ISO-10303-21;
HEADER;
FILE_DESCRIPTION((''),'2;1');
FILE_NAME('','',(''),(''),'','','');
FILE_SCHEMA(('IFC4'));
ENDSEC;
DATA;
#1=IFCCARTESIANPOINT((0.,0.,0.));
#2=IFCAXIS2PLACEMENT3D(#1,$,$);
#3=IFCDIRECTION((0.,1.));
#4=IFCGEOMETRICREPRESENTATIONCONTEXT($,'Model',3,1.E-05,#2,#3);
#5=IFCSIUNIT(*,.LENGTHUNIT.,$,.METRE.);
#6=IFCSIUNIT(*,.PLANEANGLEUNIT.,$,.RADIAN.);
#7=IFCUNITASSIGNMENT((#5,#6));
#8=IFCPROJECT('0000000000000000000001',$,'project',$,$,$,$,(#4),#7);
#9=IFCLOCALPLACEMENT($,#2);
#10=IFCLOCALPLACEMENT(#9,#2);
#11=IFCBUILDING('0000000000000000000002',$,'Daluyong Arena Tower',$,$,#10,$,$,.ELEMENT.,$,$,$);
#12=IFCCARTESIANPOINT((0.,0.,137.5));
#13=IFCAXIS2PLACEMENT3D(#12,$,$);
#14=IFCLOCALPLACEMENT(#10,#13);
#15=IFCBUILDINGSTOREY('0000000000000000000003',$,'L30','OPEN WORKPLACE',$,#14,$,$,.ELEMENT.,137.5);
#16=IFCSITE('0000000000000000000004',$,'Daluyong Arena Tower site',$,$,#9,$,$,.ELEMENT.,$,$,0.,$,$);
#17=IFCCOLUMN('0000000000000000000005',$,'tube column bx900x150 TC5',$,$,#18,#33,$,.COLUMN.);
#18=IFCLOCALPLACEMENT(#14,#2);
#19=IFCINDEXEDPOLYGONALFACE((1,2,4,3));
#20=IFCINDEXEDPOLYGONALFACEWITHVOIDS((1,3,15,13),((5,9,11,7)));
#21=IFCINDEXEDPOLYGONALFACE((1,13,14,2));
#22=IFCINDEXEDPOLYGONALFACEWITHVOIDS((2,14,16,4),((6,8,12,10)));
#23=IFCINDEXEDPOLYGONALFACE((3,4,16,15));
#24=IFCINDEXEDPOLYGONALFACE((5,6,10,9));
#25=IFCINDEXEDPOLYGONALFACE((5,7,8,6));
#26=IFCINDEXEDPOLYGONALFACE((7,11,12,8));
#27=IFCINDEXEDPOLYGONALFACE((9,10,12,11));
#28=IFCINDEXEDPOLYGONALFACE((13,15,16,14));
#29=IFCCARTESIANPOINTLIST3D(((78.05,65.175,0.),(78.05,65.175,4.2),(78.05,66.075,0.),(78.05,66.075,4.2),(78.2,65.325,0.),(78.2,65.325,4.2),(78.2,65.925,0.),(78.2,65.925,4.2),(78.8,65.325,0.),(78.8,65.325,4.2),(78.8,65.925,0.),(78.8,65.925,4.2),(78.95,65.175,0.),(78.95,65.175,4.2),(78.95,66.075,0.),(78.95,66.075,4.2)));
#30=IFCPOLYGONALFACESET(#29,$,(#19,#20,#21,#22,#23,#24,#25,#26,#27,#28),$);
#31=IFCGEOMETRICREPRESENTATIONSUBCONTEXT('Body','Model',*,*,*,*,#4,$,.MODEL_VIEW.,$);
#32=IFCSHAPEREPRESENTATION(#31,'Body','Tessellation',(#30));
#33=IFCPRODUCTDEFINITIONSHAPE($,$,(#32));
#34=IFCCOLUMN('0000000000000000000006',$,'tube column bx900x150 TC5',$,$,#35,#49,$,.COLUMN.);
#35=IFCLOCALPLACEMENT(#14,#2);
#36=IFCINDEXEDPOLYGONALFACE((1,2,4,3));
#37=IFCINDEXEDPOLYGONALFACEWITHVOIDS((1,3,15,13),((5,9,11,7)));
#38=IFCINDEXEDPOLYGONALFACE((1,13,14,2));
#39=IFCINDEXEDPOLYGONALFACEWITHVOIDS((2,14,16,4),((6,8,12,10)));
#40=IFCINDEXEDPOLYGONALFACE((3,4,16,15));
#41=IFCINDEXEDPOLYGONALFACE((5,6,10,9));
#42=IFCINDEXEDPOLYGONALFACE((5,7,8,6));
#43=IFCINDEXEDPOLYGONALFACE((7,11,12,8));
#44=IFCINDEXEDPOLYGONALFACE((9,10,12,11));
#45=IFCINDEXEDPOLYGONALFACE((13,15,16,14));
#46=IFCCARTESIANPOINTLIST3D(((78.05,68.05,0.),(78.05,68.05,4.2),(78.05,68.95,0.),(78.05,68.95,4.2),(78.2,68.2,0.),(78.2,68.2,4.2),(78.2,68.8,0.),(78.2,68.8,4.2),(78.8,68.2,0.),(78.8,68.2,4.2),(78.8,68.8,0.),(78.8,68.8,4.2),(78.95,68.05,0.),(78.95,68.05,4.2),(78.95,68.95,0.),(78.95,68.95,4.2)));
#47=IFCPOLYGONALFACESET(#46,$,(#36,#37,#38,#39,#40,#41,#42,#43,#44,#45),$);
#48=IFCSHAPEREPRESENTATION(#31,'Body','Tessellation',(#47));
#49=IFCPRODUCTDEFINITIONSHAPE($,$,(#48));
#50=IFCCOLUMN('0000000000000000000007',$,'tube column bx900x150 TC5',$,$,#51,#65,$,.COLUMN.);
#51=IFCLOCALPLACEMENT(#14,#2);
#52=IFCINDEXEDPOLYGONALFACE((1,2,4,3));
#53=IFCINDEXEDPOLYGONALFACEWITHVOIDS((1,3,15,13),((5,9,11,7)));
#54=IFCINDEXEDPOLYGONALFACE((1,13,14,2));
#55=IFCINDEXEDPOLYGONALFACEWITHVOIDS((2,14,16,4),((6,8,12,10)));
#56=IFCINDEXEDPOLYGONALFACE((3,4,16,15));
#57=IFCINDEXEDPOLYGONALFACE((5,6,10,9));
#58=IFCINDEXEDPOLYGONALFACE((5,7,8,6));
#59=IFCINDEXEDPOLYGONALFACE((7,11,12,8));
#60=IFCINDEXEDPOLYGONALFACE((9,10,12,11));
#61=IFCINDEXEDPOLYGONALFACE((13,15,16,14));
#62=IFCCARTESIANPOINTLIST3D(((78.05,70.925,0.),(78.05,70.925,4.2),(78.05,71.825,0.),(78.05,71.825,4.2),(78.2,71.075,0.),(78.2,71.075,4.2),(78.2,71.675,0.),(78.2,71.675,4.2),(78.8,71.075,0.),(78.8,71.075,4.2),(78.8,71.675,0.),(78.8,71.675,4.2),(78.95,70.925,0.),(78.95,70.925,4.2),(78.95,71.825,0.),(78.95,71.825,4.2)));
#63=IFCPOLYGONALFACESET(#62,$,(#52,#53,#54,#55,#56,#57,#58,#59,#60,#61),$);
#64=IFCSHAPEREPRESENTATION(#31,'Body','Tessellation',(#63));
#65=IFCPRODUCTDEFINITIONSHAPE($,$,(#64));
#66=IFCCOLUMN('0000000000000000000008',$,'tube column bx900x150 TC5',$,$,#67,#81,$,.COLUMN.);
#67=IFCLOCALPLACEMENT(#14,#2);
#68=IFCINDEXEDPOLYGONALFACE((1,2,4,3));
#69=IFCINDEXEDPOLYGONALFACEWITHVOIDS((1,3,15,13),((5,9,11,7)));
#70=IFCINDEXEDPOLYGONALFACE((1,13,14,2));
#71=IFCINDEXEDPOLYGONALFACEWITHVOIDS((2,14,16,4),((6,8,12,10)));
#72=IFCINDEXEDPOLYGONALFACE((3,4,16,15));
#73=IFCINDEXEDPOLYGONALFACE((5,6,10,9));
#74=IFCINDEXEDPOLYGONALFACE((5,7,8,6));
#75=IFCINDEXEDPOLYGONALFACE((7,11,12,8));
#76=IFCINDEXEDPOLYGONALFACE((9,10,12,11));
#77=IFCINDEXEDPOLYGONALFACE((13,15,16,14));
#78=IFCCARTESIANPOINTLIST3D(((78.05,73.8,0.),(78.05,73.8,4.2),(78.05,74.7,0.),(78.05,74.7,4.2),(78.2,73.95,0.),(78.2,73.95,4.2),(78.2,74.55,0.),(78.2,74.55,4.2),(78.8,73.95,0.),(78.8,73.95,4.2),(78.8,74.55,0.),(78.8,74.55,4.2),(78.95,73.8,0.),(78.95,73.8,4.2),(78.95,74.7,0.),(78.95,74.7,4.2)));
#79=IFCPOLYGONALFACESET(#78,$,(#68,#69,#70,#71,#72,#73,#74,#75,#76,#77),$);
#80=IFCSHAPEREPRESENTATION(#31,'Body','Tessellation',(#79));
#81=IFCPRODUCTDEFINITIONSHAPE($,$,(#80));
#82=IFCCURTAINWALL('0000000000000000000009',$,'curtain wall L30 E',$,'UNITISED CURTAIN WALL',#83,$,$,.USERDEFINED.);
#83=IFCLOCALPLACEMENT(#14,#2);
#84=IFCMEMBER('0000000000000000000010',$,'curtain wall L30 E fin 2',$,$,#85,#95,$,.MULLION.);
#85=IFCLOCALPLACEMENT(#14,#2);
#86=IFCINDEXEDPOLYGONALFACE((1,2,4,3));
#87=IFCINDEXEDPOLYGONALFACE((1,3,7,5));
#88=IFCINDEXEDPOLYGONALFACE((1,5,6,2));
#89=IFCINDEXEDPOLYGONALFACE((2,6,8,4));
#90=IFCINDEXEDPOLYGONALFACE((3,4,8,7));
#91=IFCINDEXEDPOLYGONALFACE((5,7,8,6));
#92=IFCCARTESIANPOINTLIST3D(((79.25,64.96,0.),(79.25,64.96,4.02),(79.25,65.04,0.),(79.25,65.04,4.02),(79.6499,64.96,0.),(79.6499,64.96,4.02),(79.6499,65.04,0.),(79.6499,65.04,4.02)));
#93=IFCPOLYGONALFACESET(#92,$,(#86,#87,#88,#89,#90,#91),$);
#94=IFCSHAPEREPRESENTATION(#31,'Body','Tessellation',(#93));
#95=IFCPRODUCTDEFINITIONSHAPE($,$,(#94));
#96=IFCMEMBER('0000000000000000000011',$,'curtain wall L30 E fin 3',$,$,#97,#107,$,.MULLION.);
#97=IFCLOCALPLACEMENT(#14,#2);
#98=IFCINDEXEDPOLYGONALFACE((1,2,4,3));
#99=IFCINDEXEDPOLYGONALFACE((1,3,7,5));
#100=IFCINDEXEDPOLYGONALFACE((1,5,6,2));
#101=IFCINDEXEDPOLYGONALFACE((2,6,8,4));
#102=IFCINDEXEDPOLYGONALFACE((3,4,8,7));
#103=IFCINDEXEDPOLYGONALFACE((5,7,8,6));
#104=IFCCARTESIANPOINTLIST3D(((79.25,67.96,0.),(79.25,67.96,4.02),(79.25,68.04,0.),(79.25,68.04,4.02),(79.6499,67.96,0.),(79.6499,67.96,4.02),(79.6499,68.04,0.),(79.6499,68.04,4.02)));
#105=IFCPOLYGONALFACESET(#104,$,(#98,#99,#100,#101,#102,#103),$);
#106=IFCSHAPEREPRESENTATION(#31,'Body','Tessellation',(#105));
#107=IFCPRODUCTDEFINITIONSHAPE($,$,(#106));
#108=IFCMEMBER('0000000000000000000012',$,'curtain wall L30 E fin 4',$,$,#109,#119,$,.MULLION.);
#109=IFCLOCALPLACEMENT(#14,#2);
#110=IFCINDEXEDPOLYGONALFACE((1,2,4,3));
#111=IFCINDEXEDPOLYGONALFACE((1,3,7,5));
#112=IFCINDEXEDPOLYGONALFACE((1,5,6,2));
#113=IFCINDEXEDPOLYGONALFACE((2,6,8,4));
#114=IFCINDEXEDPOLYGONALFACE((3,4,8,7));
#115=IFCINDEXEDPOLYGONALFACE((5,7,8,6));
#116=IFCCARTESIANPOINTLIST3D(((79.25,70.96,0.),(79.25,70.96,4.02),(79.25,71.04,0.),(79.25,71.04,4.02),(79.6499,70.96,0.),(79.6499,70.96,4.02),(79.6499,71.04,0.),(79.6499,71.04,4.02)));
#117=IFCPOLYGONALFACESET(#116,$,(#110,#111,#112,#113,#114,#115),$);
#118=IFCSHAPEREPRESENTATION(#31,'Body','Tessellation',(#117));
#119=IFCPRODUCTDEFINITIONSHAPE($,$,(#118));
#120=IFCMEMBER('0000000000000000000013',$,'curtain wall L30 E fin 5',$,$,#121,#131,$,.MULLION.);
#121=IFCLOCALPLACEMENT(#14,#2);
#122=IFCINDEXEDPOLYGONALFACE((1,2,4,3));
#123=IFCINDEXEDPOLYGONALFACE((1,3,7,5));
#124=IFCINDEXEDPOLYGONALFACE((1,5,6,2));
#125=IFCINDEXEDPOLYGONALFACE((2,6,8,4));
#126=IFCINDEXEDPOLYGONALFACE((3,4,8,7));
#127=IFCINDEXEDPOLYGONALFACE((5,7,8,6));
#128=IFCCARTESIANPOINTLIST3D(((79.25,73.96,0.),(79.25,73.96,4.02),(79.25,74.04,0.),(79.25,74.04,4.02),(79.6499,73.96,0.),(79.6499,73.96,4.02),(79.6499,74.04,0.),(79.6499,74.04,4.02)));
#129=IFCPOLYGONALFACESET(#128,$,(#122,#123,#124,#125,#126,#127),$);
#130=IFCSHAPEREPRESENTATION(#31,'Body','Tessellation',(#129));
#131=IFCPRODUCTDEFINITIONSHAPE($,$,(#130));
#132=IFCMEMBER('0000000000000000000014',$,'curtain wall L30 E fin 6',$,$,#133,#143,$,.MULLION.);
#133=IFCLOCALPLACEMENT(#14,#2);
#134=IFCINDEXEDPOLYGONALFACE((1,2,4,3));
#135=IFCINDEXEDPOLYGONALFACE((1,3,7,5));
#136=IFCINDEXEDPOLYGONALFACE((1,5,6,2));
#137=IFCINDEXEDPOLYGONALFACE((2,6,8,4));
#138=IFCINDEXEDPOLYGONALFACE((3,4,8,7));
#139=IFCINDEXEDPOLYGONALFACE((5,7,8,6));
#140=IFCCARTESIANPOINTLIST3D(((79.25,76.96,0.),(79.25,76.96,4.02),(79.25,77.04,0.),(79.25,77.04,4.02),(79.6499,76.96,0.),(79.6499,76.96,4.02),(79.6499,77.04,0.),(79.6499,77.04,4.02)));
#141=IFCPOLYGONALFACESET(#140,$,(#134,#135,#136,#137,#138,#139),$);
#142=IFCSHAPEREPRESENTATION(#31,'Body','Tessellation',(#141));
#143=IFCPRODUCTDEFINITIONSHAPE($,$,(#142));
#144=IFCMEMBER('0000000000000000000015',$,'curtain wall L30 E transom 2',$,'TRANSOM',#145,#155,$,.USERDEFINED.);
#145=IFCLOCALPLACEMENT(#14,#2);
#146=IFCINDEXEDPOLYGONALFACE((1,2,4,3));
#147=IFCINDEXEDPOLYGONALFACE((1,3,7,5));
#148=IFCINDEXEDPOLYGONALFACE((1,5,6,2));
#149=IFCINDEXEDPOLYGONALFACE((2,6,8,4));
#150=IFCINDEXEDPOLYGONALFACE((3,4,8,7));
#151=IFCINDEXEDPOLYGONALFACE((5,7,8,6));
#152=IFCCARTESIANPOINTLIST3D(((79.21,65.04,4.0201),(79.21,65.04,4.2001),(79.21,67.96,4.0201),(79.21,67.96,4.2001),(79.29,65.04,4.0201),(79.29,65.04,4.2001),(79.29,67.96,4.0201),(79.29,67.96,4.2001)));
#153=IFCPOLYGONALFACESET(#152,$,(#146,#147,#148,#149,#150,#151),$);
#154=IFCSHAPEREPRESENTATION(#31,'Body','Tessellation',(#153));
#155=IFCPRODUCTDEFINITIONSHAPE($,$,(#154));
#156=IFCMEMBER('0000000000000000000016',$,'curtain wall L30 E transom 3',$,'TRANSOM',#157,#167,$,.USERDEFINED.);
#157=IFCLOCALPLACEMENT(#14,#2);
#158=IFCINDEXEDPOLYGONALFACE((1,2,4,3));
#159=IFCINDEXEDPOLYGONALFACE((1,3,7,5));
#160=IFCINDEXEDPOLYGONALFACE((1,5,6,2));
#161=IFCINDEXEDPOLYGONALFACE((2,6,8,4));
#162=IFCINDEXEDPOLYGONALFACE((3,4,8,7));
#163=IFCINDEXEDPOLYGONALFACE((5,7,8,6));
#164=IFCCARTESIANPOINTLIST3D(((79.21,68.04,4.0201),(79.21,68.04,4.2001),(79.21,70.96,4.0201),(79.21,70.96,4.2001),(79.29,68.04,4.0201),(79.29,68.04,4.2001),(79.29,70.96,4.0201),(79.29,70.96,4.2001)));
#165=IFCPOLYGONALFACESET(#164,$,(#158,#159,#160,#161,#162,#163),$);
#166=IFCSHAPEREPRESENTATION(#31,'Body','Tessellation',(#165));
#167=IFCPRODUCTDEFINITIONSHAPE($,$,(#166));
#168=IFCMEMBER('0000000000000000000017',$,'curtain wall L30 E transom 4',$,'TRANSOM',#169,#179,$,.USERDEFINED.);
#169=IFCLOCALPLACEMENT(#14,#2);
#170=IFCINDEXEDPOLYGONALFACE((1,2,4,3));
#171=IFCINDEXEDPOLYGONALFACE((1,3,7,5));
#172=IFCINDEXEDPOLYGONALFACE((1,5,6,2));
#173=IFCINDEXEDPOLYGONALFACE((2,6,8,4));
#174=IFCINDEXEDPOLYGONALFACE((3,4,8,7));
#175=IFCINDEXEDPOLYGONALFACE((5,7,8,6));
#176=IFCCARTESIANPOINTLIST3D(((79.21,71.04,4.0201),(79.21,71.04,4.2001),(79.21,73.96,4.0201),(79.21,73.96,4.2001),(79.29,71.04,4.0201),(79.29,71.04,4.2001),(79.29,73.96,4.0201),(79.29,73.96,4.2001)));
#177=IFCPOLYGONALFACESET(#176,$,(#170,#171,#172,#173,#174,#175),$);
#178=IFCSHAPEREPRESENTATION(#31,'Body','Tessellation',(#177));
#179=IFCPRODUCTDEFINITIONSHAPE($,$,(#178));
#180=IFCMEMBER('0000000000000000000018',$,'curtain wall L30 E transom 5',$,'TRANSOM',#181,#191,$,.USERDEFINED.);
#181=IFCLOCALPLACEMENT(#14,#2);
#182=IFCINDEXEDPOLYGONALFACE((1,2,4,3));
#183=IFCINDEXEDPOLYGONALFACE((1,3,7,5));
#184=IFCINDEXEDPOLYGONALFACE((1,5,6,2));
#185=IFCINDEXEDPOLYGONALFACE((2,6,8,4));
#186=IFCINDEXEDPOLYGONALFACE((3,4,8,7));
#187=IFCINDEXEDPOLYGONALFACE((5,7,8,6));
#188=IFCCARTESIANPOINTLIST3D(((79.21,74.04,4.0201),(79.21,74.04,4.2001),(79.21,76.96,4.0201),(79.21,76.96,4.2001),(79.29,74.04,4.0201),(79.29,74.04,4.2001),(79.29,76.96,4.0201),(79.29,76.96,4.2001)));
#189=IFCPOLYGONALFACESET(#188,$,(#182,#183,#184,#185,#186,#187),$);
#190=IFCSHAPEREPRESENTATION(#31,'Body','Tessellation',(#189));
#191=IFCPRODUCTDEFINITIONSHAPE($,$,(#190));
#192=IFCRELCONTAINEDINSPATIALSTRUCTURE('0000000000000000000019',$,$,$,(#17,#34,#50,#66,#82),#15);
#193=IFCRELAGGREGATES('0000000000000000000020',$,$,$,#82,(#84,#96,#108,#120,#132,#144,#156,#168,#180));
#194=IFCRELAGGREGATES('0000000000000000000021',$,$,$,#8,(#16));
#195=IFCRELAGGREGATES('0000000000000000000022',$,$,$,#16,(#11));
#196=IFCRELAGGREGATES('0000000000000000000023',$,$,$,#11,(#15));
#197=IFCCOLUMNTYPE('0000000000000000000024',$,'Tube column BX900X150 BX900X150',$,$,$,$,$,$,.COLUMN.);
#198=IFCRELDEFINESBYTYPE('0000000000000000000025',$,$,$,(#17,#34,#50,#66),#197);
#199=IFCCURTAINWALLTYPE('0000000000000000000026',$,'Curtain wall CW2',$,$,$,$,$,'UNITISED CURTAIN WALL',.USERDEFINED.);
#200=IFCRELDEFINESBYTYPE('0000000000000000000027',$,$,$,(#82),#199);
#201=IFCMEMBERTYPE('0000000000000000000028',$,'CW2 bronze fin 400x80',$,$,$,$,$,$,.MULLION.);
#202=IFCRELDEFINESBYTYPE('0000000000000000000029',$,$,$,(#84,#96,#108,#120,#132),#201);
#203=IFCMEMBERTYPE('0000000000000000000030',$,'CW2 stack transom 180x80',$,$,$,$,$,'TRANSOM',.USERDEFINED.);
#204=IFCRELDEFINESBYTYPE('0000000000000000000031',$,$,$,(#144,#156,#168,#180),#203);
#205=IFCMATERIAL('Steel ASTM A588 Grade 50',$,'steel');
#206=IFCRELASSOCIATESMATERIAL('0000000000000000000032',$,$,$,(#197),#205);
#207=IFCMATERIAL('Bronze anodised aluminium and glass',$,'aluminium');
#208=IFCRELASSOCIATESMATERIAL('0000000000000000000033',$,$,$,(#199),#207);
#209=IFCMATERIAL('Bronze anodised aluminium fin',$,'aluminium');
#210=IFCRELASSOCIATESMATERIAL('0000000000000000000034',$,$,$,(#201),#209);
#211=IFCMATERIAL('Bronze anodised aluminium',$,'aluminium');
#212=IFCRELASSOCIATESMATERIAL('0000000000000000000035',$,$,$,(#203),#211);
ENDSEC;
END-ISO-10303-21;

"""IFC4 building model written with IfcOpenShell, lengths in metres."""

from ifc_helpers import new_model, si_unit, direction, frame, origin, origin_2d, place, context, subcontext, project, spatial, rectangle, hollow_rectangle, extrude, material, material_profile, profile_set, type_object, element, aggregate, save


model = new_model("IFC4")

# Units and contexts
model_context = context("Model", 3, precision=1e-05, world=origin(), true_north=direction((0.0, 1.0)))
body_context = subcontext(model_context, "Body", "Model", "MODEL_VIEW")
ifc_project = project(units=[si_unit("LENGTHUNIT", "METRE"), si_unit("PLANEANGLEUNIT", "RADIAN")], contexts=[model_context])

# Site, building, storey
site_placement = place(None, origin())
site = spatial("IfcSite", under=ifc_project, at=site_placement, Name="Daluyong Arena Tower site", CompositionType="ELEMENT", RefElevation=0.0)
building_placement = place(site_placement, origin())
building = spatial("IfcBuilding", under=site, at=building_placement, Name="Daluyong Arena Tower", CompositionType="ELEMENT")
storey_placement = place(building_placement, frame((0.0, 0.0, 137.5)))
storey = spatial("IfcBuildingStorey", under=building, at=storey_placement, Name="L30", Description="OPEN WORKPLACE", CompositionType="ELEMENT", Elevation=137.5)

# Columns
ifc_material_1 = material(Name="Steel ASTM A588 Grade 50", Category="steel")
ifc_material_profile_1 = material_profile(ifc_material_1, hollow_rectangle(XDim=0.8999, YDim=0.8999, WallThickness=0.15, at=origin_2d()))
ifc_profile_set_1 = profile_set([ifc_material_profile_1], Name="Steel ASTM A588 Grade 50")
column_type = type_object("IfcColumnType", Name="Tube column BX900X150 BX900X150", PredefinedType="COLUMN", material=ifc_profile_set_1)
for number, where, z_axis, x_axis, name in (
    (1, (78.5, 65.625, 0.0), (0.0, 0.0, 1.0), (0.0, 1.0, 0.0), "tube column bx900x150 TC5"),
    (2, (78.5, 68.5, 0.0), (0.0, 0.0, 1.0), (0.0, 1.0, 0.0), "tube column bx900x150 TC5"),
    (3, (78.5, 71.375, 0.0), (0.0, 0.0, 1.0), (0.0, 1.0, 0.0), "tube column bx900x150 TC5"),
    (4, (78.5, 74.25, 0.0), (0.0, 0.0, 1.0), (0.0, 1.0, 0.0), "tube column bx900x150 TC5"),
):
    element("IfcColumn", number, at=place(storey_placement, frame(where, z_axis=z_axis, x_axis=x_axis)), inside=storey, type_object=column_type, Name=name, PredefinedType="COLUMN", context=body_context, shape_type="SweptSolid", body=[
        extrude(hollow_rectangle(XDim=0.8999, YDim=0.8999, WallThickness=0.15, at=origin_2d()), origin(), (0.0, 0.0, 1.0), 4.2),
    ])

# Curtain wall, members
ifc_material_2 = material(Name="Bronze anodised aluminium and glass", Category="aluminium")
curtain_wall_type = type_object("IfcCurtainWallType", Name="Curtain wall CW2", ElementType="UNITISED CURTAIN WALL", PredefinedType="USERDEFINED", material=ifc_material_2)
curtain_wall_placement = place(storey_placement, origin())
curtain_wall = element("IfcCurtainWall", 5, at=curtain_wall_placement, inside=storey, type_object=curtain_wall_type, Name="curtain wall L30 E", ObjectType="UNITISED CURTAIN WALL", PredefinedType="USERDEFINED")
ifc_material_3 = material(Name="Bronze anodised aluminium fin", Category="aluminium")
ifc_material_profile_2 = material_profile(ifc_material_3, rectangle(XDim=0.3999, YDim=0.0801, at=origin_2d()))
ifc_profile_set_2 = profile_set([ifc_material_profile_2], Name="Bronze anodised aluminium fin")
member_type_1 = type_object("IfcMemberType", Name="CW2 bronze fin 400x80", PredefinedType="MULLION", material=ifc_profile_set_2)
member_1_placement = place(storey_placement, frame((79.45, 65.0, 0.0), z_axis=(0.0, 0.0, 1.0), x_axis=(-1.0, 0.0, 0.0)))
member_1 = element("IfcMember", 6, at=member_1_placement, type_object=member_type_1, Name="curtain wall L30 E fin 2", PredefinedType="MULLION", context=body_context, shape_type="SweptSolid", body=[
    extrude(rectangle(XDim=0.3999, YDim=0.0801, at=origin_2d()), origin(), (0.0, 0.0, 1.0), 4.02),
])
member_2_placement = place(storey_placement, frame((79.45, 68.0, 0.0), z_axis=(0.0, 0.0, 1.0), x_axis=(-1.0, 0.0, 0.0)))
member_2 = element("IfcMember", 7, at=member_2_placement, type_object=member_type_1, Name="curtain wall L30 E fin 3", PredefinedType="MULLION", context=body_context, shape_type="SweptSolid", body=[
    extrude(rectangle(XDim=0.3999, YDim=0.0801, at=origin_2d()), origin(), (0.0, 0.0, 1.0), 4.02),
])
member_3_placement = place(storey_placement, frame((79.45, 71.0, 0.0), z_axis=(0.0, 0.0, 1.0), x_axis=(-1.0, 0.0, 0.0)))
member_3 = element("IfcMember", 8, at=member_3_placement, type_object=member_type_1, Name="curtain wall L30 E fin 4", PredefinedType="MULLION", context=body_context, shape_type="SweptSolid", body=[
    extrude(rectangle(XDim=0.3999, YDim=0.0801, at=origin_2d()), origin(), (0.0, 0.0, 1.0), 4.02),
])
member_4_placement = place(storey_placement, frame((79.45, 74.0, 0.0), z_axis=(0.0, 0.0, 1.0), x_axis=(-1.0, 0.0, 0.0)))
member_4 = element("IfcMember", 9, at=member_4_placement, type_object=member_type_1, Name="curtain wall L30 E fin 5", PredefinedType="MULLION", context=body_context, shape_type="SweptSolid", body=[
    extrude(rectangle(XDim=0.3999, YDim=0.0801, at=origin_2d()), origin(), (0.0, 0.0, 1.0), 4.02),
])
member_5_placement = place(storey_placement, frame((79.45, 77.0, 0.0), z_axis=(0.0, 0.0, 1.0), x_axis=(-1.0, 0.0, 0.0)))
member_5 = element("IfcMember", 10, at=member_5_placement, type_object=member_type_1, Name="curtain wall L30 E fin 6", PredefinedType="MULLION", context=body_context, shape_type="SweptSolid", body=[
    extrude(rectangle(XDim=0.3999, YDim=0.0801, at=origin_2d()), origin(), (0.0, 0.0, 1.0), 4.02),
])
ifc_material_4 = material(Name="Bronze anodised aluminium", Category="aluminium")
ifc_material_profile_3 = material_profile(ifc_material_4, rectangle(XDim=0.0801, YDim=0.1799, at=origin_2d()))
ifc_profile_set_3 = profile_set([ifc_material_profile_3], Name="Bronze anodised aluminium")
member_type_2 = type_object("IfcMemberType", Name="CW2 stack transom 180x80", ElementType="TRANSOM", PredefinedType="USERDEFINED", material=ifc_profile_set_3)
member_6_placement = place(storey_placement, frame((79.25, 65.04, 4.1101), z_axis=(0.0, 1.0, 0.0), x_axis=(-1.0, 0.0, 0.0)))
member_6 = element("IfcMember", 11, at=member_6_placement, type_object=member_type_2, Name="curtain wall L30 E transom 2", ObjectType="TRANSOM", PredefinedType="USERDEFINED", context=body_context, shape_type="SweptSolid", body=[
    extrude(rectangle(XDim=0.0801, YDim=0.1799, at=origin_2d()), origin(), (0.0, 0.0, 1.0), 2.9199),
])
member_7_placement = place(storey_placement, frame((79.25, 68.04, 4.1101), z_axis=(0.0, 1.0, 0.0), x_axis=(-1.0, 0.0, 0.0)))
member_7 = element("IfcMember", 12, at=member_7_placement, type_object=member_type_2, Name="curtain wall L30 E transom 3", ObjectType="TRANSOM", PredefinedType="USERDEFINED", context=body_context, shape_type="SweptSolid", body=[
    extrude(rectangle(XDim=0.0801, YDim=0.1799, at=origin_2d()), origin(), (0.0, 0.0, 1.0), 2.9199),
])
member_8_placement = place(storey_placement, frame((79.25, 71.04, 4.1101), z_axis=(0.0, 1.0, 0.0), x_axis=(-1.0, 0.0, 0.0)))
member_8 = element("IfcMember", 13, at=member_8_placement, type_object=member_type_2, Name="curtain wall L30 E transom 4", ObjectType="TRANSOM", PredefinedType="USERDEFINED", context=body_context, shape_type="SweptSolid", body=[
    extrude(rectangle(XDim=0.0801, YDim=0.1799, at=origin_2d()), origin(), (0.0, 0.0, 1.0), 2.9199),
])
member_9_placement = place(storey_placement, frame((79.25, 74.04, 4.1101), z_axis=(0.0, 1.0, 0.0), x_axis=(-1.0, 0.0, 0.0)))
member_9 = element("IfcMember", 14, at=member_9_placement, type_object=member_type_2, Name="curtain wall L30 E transom 5", ObjectType="TRANSOM", PredefinedType="USERDEFINED", context=body_context, shape_type="SweptSolid", body=[
    extrude(rectangle(XDim=0.0801, YDim=0.1799, at=origin_2d()), origin(), (0.0, 0.0, 1.0), 2.9199),
])

aggregate(curtain_wall, [member_1, member_2, member_3, member_4, member_5, member_6, member_7, member_8, member_9])

save(model, "model.ifc")
